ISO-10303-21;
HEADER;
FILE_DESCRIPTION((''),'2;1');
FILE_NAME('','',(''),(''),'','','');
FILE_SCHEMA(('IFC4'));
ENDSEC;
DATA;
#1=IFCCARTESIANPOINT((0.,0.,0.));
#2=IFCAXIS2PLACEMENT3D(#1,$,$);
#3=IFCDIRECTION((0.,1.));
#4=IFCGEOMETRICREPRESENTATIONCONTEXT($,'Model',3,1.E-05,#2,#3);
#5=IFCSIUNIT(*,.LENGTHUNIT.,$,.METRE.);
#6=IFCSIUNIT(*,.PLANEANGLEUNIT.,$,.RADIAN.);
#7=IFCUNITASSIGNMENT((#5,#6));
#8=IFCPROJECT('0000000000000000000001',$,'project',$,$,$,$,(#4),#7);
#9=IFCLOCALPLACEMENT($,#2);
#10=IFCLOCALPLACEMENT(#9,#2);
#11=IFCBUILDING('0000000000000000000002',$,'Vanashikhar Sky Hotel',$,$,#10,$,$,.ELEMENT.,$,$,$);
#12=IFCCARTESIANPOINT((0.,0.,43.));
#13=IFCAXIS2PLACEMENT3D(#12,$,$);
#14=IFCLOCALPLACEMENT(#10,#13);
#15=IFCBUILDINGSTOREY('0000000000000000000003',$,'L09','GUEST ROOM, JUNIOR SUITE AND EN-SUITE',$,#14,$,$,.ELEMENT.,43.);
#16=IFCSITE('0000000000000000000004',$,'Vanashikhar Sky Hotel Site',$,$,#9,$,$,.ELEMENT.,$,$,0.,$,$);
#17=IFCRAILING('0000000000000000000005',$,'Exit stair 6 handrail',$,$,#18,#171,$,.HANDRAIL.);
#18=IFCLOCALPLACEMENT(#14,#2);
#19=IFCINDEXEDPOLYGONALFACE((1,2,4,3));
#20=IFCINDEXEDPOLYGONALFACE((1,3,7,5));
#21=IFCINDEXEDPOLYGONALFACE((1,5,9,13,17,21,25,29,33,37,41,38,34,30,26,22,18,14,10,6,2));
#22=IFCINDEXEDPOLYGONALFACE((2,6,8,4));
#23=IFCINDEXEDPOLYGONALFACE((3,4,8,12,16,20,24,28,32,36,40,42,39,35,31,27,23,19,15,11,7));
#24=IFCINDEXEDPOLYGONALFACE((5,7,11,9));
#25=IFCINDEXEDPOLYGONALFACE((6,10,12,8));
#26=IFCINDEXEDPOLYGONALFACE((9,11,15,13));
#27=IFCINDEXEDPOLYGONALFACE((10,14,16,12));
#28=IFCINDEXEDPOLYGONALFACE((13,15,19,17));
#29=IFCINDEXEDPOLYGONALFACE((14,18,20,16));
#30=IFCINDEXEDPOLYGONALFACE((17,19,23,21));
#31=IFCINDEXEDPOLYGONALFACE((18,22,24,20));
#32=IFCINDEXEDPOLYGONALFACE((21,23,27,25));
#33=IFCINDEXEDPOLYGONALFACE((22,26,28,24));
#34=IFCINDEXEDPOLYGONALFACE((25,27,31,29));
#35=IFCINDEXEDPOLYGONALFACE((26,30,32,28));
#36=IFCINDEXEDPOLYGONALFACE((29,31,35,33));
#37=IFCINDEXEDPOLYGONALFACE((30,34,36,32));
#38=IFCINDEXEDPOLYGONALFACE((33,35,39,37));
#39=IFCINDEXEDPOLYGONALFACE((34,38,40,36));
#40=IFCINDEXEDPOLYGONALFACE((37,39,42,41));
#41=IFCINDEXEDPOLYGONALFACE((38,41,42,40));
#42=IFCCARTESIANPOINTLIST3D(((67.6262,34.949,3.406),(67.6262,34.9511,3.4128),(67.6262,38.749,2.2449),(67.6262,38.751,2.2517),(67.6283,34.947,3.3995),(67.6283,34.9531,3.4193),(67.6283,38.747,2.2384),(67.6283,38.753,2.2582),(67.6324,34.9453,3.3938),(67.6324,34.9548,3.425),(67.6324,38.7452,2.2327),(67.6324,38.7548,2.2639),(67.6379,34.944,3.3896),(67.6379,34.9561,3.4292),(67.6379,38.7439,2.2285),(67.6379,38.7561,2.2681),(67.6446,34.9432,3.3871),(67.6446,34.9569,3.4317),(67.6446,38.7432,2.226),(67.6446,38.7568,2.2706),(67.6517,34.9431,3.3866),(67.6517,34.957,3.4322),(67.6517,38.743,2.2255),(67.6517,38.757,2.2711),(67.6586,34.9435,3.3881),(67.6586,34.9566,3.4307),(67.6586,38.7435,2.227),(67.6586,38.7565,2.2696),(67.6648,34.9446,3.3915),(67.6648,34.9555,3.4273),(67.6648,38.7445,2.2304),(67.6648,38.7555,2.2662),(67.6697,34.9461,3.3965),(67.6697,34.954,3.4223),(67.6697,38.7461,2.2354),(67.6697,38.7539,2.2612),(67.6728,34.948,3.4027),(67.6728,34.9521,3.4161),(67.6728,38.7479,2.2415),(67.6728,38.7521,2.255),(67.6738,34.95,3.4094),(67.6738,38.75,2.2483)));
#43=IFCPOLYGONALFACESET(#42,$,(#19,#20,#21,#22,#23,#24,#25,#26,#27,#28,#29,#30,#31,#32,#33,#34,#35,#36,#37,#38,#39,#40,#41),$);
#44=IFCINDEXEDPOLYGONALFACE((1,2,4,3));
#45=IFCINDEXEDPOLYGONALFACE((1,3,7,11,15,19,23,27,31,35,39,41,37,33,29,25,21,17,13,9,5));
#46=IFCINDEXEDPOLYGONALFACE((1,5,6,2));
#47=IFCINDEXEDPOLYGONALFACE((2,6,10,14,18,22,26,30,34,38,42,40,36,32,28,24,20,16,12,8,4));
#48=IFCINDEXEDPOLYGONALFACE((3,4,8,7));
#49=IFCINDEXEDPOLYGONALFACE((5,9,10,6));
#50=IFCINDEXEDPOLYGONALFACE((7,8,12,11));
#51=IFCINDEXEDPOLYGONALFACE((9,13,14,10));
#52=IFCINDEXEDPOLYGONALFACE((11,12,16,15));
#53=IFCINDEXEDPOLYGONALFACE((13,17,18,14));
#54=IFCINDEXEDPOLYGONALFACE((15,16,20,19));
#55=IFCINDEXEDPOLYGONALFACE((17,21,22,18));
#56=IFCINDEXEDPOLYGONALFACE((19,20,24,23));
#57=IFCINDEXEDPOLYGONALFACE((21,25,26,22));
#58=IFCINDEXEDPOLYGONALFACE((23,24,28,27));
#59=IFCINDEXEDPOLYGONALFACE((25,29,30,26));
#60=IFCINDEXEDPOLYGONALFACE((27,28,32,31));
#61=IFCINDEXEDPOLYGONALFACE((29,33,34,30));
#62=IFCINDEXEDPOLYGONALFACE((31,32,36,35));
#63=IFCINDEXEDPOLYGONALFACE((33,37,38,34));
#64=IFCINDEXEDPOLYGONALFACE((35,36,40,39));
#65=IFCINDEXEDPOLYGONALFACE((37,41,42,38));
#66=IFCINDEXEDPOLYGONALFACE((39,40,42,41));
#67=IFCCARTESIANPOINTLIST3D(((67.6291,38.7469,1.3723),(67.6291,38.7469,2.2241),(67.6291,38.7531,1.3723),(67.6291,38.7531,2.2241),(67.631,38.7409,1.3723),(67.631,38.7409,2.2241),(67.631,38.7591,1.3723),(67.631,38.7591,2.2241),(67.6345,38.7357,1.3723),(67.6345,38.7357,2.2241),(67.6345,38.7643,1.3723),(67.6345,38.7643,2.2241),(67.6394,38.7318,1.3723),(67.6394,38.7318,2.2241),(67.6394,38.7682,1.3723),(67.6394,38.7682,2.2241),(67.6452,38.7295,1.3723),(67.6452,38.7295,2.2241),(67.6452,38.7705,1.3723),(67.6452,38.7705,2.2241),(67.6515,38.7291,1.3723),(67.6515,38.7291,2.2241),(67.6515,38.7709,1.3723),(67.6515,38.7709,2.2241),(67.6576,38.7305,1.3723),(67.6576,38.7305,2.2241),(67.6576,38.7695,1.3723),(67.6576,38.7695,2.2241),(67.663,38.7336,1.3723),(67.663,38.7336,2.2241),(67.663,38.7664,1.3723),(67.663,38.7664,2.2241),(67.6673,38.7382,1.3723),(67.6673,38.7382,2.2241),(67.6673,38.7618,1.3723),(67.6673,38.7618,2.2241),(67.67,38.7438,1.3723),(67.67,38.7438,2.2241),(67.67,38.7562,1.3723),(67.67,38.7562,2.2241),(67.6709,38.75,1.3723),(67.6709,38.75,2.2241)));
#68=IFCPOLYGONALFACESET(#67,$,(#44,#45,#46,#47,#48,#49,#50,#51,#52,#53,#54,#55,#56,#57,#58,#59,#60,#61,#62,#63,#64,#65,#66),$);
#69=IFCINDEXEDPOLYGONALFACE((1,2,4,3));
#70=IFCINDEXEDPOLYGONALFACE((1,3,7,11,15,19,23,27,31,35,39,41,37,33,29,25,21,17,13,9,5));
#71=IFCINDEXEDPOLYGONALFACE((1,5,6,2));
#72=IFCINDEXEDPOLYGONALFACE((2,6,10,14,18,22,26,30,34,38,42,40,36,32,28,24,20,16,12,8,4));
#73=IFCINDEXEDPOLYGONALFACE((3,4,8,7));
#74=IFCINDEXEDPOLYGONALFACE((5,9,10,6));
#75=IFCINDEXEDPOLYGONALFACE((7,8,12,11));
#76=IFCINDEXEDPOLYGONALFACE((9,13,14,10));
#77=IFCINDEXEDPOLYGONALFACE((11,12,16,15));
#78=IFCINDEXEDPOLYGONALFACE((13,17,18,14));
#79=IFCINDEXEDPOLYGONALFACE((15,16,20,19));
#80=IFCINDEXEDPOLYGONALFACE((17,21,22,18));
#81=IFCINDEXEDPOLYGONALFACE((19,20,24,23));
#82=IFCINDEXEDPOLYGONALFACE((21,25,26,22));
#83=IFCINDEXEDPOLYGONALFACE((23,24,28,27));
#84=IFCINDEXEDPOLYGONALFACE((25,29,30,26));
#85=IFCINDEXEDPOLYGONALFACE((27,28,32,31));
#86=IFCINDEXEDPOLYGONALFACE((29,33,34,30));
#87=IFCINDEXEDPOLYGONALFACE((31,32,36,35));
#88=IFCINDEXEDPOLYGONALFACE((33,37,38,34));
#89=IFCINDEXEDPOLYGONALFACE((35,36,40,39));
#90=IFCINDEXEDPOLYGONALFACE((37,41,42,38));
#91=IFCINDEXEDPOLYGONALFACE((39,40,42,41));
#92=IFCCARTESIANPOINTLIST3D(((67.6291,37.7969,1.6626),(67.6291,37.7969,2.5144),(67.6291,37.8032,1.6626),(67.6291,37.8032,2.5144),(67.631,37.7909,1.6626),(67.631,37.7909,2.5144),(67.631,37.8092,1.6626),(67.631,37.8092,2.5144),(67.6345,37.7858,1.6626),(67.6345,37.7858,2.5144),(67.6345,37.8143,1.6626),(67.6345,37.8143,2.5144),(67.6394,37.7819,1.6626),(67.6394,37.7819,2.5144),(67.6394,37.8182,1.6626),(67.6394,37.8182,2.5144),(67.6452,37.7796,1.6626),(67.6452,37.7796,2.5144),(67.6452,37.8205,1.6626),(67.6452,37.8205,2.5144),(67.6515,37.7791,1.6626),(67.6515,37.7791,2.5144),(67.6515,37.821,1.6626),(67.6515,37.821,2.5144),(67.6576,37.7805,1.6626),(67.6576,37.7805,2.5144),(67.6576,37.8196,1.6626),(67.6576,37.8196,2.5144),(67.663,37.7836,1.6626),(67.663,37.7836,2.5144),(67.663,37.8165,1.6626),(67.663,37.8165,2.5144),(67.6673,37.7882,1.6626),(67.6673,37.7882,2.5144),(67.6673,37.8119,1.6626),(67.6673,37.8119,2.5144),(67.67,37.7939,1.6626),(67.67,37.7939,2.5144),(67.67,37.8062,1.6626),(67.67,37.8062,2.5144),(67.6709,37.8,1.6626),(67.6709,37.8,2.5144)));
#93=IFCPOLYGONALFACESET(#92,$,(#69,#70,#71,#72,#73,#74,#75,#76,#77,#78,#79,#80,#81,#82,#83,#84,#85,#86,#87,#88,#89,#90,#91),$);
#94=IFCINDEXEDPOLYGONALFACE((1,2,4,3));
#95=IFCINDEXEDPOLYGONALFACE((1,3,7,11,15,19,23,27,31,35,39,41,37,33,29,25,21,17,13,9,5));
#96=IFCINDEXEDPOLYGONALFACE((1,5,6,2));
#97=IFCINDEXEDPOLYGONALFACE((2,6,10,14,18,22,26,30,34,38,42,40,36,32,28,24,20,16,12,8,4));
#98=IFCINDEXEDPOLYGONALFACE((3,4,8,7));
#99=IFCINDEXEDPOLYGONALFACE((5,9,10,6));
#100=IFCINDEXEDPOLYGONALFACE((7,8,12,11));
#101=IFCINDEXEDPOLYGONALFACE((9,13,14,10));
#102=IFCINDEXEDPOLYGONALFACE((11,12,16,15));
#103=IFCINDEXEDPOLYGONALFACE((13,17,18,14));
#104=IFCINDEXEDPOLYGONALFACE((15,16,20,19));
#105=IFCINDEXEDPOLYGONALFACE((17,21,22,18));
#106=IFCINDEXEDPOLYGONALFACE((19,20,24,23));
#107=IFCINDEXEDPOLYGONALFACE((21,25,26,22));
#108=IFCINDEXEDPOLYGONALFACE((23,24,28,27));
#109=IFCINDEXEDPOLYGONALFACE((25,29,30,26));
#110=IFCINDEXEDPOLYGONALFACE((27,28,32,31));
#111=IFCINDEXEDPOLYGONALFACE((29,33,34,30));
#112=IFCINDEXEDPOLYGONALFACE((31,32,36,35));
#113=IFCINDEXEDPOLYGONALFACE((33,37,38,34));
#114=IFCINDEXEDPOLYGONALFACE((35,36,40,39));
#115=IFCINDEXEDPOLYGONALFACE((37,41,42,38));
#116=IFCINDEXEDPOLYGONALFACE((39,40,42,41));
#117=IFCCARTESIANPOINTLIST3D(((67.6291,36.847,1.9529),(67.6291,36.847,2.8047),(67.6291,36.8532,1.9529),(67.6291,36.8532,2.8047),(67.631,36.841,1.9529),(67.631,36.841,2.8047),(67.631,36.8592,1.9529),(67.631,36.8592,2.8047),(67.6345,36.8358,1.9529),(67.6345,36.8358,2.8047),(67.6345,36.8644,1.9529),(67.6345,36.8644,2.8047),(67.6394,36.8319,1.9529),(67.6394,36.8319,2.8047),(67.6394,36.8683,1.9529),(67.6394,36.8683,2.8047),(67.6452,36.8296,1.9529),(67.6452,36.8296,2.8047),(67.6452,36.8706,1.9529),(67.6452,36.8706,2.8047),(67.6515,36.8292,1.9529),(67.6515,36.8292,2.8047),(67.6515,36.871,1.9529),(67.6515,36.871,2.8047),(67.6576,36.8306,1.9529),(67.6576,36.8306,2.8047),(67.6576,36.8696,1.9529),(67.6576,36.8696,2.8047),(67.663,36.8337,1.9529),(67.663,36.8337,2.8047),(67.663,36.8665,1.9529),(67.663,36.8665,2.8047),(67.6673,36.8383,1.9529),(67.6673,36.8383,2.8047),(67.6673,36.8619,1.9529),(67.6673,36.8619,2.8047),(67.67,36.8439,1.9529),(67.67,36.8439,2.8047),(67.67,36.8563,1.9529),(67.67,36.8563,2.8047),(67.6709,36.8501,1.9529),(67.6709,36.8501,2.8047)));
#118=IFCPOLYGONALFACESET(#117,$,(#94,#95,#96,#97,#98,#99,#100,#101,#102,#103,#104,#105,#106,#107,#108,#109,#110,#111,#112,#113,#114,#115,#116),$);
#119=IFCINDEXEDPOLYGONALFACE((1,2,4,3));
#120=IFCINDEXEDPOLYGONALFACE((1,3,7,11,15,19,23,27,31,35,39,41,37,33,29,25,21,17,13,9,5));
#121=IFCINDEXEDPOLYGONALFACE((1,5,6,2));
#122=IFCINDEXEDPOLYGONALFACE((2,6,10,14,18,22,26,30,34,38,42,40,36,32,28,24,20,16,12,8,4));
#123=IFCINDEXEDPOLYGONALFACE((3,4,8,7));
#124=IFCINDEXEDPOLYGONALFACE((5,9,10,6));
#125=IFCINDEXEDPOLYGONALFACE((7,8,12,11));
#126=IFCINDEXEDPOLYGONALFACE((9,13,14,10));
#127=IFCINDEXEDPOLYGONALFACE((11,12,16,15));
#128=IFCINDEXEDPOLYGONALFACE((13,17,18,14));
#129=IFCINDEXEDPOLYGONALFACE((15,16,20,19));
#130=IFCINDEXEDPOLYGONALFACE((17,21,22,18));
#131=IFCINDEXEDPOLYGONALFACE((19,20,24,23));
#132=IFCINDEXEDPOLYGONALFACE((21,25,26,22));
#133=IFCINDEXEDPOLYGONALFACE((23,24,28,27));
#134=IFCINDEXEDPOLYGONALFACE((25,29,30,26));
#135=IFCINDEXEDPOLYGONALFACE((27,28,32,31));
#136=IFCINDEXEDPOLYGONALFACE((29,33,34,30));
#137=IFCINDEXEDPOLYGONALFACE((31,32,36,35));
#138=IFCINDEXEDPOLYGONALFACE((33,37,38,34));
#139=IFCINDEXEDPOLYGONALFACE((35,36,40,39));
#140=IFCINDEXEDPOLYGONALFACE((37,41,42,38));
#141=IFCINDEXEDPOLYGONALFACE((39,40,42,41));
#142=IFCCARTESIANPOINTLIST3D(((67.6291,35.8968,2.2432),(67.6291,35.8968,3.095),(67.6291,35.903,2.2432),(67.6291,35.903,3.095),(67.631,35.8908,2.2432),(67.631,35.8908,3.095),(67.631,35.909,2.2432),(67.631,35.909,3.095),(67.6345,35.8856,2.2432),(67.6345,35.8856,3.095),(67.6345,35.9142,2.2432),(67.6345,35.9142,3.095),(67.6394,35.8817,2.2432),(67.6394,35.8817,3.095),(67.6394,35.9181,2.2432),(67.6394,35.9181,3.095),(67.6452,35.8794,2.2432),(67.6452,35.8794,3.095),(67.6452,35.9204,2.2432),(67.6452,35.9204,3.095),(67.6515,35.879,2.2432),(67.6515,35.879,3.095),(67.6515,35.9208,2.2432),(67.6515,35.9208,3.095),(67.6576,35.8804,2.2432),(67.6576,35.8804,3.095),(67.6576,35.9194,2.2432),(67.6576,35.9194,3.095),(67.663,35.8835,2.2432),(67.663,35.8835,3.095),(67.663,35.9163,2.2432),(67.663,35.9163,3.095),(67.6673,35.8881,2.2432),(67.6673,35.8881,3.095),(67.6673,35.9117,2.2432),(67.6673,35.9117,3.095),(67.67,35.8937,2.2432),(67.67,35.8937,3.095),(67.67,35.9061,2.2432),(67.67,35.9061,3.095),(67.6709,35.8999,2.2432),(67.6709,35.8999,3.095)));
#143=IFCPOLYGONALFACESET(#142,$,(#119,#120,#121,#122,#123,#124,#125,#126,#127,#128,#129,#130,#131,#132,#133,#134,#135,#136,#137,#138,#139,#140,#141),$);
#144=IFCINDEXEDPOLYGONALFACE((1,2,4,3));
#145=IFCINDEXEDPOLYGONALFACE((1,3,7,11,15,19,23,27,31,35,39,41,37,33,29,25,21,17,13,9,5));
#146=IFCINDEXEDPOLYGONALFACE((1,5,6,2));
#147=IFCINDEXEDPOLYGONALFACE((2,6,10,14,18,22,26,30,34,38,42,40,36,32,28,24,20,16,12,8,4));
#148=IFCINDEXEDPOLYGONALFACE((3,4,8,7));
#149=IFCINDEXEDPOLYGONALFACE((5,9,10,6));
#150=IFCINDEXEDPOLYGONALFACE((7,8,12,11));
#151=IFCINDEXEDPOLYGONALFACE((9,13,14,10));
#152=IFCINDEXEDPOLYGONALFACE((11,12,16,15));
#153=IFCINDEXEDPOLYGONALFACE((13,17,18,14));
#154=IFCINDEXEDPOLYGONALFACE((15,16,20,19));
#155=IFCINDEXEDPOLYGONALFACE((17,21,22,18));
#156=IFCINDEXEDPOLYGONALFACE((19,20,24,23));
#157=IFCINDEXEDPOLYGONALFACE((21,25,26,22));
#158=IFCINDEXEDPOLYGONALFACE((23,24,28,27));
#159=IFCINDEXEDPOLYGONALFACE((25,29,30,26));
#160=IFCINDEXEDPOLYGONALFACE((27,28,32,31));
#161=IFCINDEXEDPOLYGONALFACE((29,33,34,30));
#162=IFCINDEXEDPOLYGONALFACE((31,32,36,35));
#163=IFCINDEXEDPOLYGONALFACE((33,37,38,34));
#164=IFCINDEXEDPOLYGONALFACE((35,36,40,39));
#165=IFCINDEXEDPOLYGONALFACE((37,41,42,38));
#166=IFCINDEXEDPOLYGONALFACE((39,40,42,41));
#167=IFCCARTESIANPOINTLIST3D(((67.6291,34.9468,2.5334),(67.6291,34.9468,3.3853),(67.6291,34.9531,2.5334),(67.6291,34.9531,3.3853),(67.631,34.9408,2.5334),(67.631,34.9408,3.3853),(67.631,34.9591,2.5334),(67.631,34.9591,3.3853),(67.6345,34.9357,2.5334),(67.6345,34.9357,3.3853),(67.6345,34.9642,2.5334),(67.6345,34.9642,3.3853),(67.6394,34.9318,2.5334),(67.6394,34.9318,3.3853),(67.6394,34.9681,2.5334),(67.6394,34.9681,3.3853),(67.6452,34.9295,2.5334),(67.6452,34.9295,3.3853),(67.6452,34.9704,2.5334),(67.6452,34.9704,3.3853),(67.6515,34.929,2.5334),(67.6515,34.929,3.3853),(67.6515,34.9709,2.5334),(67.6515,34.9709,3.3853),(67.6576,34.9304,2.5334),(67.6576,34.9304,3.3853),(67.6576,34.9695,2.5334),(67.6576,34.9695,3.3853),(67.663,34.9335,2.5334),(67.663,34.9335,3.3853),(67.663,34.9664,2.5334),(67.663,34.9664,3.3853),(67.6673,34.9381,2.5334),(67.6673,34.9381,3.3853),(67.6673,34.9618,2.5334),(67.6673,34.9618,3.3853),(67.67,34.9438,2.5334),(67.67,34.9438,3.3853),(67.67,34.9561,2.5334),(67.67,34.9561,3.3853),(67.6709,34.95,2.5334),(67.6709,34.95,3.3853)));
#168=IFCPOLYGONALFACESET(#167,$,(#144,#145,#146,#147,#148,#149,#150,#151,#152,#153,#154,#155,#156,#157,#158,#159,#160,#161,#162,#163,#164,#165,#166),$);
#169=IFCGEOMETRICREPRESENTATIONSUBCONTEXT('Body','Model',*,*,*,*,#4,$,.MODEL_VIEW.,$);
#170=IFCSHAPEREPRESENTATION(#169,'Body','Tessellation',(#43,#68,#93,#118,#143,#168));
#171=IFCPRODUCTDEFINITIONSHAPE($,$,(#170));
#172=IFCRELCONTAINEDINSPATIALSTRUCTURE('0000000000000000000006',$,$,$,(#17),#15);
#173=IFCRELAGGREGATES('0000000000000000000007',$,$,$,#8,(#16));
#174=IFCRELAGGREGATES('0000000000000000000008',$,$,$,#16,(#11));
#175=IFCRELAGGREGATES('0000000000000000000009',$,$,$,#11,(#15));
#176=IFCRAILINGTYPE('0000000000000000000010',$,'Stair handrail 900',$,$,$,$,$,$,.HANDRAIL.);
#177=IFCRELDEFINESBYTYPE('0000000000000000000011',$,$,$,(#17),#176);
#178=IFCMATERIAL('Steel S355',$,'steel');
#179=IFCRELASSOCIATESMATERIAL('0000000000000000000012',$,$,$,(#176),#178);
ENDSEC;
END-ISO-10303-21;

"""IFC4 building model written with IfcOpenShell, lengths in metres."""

from ifc_helpers import new_model, si_unit, direction, frame, origin, origin_2d, place, context, subcontext, project, spatial, circle, extrude, source, transform, mapped, material, type_object, element, save


model = new_model("IFC4")

# Units and contexts
model_context = context("Model", 3, precision=1e-05, world=origin(), true_north=direction((0.0, 1.0)))
body_context = subcontext(model_context, "Body", "Model", "MODEL_VIEW")
ifc_project = project(units=[si_unit("LENGTHUNIT", "METRE"), si_unit("PLANEANGLEUNIT", "RADIAN")], contexts=[model_context])

# Site, building, storey
site_placement = place(None, origin())
site = spatial("IfcSite", under=ifc_project, at=site_placement, Name="Vanashikhar Sky Hotel Site", CompositionType="ELEMENT", RefElevation=0.0)
building_placement = place(site_placement, origin())
building = spatial("IfcBuilding", under=site, at=building_placement, Name="Vanashikhar Sky Hotel", CompositionType="ELEMENT")
storey_placement = place(building_placement, frame((0.0, 0.0, 43.0)))
storey = spatial("IfcBuildingStorey", under=building, at=storey_placement, Name="L09", Description="GUEST ROOM, JUNIOR SUITE AND EN-SUITE", CompositionType="ELEMENT", Elevation=43.0)

# Railing
ifc_material_1 = material(Name="Steel S355", Category="steel")
railing_type_1 = type_object("IfcRailingType", Name="Stair handrail 900", PredefinedType="HANDRAIL", material=ifc_material_1)
shared_shape_1 = source(origin(), body_context, "Body", "SweptSolid", [
    extrude(circle(Radius=0.0239, at=origin_2d()), frame((0.0, 0.0, 0.876), z_axis=(0.0, -0.956351, 0.29222), x_axis=(1.0, 0.0, 0.0)), (0.0, 0.0, 1.0), 3.9734),
    extrude(circle(Radius=0.021, at=origin_2d()), origin(), (0.0, 0.0, 1.0), 0.8518),
    extrude(circle(Radius=0.021, at=origin_2d()), frame((0.0, -0.95, 0.2903)), (0.0, 0.0, 1.0), 0.8518),
    extrude(circle(Radius=0.021, at=origin_2d()), frame((0.0, -1.8999, 0.5806)), (0.0, 0.0, 1.0), 0.8518),
    extrude(circle(Radius=0.021, at=origin_2d()), frame((0.0, -2.8501, 0.8708)), (0.0, 0.0, 1.0), 0.8518),
    extrude(circle(Radius=0.021, at=origin_2d()), frame((0.0, -3.8, 1.1611)), (0.0, 0.0, 1.0), 0.8518),
])
railing_1_placement = place(storey_placement, frame((67.6499, 38.75, 1.3723)))
element("IfcRailing", 1, at=railing_1_placement, inside=storey, type_object=railing_type_1, Name="Exit stair 6 handrail", PredefinedType="HANDRAIL", context=body_context, shape_type="MappedRepresentation", body=[
    mapped(shared_shape_1, transform((0.0, 0.0, 0.0), scale=1.0)),
])

save(model, "model.ifc")
